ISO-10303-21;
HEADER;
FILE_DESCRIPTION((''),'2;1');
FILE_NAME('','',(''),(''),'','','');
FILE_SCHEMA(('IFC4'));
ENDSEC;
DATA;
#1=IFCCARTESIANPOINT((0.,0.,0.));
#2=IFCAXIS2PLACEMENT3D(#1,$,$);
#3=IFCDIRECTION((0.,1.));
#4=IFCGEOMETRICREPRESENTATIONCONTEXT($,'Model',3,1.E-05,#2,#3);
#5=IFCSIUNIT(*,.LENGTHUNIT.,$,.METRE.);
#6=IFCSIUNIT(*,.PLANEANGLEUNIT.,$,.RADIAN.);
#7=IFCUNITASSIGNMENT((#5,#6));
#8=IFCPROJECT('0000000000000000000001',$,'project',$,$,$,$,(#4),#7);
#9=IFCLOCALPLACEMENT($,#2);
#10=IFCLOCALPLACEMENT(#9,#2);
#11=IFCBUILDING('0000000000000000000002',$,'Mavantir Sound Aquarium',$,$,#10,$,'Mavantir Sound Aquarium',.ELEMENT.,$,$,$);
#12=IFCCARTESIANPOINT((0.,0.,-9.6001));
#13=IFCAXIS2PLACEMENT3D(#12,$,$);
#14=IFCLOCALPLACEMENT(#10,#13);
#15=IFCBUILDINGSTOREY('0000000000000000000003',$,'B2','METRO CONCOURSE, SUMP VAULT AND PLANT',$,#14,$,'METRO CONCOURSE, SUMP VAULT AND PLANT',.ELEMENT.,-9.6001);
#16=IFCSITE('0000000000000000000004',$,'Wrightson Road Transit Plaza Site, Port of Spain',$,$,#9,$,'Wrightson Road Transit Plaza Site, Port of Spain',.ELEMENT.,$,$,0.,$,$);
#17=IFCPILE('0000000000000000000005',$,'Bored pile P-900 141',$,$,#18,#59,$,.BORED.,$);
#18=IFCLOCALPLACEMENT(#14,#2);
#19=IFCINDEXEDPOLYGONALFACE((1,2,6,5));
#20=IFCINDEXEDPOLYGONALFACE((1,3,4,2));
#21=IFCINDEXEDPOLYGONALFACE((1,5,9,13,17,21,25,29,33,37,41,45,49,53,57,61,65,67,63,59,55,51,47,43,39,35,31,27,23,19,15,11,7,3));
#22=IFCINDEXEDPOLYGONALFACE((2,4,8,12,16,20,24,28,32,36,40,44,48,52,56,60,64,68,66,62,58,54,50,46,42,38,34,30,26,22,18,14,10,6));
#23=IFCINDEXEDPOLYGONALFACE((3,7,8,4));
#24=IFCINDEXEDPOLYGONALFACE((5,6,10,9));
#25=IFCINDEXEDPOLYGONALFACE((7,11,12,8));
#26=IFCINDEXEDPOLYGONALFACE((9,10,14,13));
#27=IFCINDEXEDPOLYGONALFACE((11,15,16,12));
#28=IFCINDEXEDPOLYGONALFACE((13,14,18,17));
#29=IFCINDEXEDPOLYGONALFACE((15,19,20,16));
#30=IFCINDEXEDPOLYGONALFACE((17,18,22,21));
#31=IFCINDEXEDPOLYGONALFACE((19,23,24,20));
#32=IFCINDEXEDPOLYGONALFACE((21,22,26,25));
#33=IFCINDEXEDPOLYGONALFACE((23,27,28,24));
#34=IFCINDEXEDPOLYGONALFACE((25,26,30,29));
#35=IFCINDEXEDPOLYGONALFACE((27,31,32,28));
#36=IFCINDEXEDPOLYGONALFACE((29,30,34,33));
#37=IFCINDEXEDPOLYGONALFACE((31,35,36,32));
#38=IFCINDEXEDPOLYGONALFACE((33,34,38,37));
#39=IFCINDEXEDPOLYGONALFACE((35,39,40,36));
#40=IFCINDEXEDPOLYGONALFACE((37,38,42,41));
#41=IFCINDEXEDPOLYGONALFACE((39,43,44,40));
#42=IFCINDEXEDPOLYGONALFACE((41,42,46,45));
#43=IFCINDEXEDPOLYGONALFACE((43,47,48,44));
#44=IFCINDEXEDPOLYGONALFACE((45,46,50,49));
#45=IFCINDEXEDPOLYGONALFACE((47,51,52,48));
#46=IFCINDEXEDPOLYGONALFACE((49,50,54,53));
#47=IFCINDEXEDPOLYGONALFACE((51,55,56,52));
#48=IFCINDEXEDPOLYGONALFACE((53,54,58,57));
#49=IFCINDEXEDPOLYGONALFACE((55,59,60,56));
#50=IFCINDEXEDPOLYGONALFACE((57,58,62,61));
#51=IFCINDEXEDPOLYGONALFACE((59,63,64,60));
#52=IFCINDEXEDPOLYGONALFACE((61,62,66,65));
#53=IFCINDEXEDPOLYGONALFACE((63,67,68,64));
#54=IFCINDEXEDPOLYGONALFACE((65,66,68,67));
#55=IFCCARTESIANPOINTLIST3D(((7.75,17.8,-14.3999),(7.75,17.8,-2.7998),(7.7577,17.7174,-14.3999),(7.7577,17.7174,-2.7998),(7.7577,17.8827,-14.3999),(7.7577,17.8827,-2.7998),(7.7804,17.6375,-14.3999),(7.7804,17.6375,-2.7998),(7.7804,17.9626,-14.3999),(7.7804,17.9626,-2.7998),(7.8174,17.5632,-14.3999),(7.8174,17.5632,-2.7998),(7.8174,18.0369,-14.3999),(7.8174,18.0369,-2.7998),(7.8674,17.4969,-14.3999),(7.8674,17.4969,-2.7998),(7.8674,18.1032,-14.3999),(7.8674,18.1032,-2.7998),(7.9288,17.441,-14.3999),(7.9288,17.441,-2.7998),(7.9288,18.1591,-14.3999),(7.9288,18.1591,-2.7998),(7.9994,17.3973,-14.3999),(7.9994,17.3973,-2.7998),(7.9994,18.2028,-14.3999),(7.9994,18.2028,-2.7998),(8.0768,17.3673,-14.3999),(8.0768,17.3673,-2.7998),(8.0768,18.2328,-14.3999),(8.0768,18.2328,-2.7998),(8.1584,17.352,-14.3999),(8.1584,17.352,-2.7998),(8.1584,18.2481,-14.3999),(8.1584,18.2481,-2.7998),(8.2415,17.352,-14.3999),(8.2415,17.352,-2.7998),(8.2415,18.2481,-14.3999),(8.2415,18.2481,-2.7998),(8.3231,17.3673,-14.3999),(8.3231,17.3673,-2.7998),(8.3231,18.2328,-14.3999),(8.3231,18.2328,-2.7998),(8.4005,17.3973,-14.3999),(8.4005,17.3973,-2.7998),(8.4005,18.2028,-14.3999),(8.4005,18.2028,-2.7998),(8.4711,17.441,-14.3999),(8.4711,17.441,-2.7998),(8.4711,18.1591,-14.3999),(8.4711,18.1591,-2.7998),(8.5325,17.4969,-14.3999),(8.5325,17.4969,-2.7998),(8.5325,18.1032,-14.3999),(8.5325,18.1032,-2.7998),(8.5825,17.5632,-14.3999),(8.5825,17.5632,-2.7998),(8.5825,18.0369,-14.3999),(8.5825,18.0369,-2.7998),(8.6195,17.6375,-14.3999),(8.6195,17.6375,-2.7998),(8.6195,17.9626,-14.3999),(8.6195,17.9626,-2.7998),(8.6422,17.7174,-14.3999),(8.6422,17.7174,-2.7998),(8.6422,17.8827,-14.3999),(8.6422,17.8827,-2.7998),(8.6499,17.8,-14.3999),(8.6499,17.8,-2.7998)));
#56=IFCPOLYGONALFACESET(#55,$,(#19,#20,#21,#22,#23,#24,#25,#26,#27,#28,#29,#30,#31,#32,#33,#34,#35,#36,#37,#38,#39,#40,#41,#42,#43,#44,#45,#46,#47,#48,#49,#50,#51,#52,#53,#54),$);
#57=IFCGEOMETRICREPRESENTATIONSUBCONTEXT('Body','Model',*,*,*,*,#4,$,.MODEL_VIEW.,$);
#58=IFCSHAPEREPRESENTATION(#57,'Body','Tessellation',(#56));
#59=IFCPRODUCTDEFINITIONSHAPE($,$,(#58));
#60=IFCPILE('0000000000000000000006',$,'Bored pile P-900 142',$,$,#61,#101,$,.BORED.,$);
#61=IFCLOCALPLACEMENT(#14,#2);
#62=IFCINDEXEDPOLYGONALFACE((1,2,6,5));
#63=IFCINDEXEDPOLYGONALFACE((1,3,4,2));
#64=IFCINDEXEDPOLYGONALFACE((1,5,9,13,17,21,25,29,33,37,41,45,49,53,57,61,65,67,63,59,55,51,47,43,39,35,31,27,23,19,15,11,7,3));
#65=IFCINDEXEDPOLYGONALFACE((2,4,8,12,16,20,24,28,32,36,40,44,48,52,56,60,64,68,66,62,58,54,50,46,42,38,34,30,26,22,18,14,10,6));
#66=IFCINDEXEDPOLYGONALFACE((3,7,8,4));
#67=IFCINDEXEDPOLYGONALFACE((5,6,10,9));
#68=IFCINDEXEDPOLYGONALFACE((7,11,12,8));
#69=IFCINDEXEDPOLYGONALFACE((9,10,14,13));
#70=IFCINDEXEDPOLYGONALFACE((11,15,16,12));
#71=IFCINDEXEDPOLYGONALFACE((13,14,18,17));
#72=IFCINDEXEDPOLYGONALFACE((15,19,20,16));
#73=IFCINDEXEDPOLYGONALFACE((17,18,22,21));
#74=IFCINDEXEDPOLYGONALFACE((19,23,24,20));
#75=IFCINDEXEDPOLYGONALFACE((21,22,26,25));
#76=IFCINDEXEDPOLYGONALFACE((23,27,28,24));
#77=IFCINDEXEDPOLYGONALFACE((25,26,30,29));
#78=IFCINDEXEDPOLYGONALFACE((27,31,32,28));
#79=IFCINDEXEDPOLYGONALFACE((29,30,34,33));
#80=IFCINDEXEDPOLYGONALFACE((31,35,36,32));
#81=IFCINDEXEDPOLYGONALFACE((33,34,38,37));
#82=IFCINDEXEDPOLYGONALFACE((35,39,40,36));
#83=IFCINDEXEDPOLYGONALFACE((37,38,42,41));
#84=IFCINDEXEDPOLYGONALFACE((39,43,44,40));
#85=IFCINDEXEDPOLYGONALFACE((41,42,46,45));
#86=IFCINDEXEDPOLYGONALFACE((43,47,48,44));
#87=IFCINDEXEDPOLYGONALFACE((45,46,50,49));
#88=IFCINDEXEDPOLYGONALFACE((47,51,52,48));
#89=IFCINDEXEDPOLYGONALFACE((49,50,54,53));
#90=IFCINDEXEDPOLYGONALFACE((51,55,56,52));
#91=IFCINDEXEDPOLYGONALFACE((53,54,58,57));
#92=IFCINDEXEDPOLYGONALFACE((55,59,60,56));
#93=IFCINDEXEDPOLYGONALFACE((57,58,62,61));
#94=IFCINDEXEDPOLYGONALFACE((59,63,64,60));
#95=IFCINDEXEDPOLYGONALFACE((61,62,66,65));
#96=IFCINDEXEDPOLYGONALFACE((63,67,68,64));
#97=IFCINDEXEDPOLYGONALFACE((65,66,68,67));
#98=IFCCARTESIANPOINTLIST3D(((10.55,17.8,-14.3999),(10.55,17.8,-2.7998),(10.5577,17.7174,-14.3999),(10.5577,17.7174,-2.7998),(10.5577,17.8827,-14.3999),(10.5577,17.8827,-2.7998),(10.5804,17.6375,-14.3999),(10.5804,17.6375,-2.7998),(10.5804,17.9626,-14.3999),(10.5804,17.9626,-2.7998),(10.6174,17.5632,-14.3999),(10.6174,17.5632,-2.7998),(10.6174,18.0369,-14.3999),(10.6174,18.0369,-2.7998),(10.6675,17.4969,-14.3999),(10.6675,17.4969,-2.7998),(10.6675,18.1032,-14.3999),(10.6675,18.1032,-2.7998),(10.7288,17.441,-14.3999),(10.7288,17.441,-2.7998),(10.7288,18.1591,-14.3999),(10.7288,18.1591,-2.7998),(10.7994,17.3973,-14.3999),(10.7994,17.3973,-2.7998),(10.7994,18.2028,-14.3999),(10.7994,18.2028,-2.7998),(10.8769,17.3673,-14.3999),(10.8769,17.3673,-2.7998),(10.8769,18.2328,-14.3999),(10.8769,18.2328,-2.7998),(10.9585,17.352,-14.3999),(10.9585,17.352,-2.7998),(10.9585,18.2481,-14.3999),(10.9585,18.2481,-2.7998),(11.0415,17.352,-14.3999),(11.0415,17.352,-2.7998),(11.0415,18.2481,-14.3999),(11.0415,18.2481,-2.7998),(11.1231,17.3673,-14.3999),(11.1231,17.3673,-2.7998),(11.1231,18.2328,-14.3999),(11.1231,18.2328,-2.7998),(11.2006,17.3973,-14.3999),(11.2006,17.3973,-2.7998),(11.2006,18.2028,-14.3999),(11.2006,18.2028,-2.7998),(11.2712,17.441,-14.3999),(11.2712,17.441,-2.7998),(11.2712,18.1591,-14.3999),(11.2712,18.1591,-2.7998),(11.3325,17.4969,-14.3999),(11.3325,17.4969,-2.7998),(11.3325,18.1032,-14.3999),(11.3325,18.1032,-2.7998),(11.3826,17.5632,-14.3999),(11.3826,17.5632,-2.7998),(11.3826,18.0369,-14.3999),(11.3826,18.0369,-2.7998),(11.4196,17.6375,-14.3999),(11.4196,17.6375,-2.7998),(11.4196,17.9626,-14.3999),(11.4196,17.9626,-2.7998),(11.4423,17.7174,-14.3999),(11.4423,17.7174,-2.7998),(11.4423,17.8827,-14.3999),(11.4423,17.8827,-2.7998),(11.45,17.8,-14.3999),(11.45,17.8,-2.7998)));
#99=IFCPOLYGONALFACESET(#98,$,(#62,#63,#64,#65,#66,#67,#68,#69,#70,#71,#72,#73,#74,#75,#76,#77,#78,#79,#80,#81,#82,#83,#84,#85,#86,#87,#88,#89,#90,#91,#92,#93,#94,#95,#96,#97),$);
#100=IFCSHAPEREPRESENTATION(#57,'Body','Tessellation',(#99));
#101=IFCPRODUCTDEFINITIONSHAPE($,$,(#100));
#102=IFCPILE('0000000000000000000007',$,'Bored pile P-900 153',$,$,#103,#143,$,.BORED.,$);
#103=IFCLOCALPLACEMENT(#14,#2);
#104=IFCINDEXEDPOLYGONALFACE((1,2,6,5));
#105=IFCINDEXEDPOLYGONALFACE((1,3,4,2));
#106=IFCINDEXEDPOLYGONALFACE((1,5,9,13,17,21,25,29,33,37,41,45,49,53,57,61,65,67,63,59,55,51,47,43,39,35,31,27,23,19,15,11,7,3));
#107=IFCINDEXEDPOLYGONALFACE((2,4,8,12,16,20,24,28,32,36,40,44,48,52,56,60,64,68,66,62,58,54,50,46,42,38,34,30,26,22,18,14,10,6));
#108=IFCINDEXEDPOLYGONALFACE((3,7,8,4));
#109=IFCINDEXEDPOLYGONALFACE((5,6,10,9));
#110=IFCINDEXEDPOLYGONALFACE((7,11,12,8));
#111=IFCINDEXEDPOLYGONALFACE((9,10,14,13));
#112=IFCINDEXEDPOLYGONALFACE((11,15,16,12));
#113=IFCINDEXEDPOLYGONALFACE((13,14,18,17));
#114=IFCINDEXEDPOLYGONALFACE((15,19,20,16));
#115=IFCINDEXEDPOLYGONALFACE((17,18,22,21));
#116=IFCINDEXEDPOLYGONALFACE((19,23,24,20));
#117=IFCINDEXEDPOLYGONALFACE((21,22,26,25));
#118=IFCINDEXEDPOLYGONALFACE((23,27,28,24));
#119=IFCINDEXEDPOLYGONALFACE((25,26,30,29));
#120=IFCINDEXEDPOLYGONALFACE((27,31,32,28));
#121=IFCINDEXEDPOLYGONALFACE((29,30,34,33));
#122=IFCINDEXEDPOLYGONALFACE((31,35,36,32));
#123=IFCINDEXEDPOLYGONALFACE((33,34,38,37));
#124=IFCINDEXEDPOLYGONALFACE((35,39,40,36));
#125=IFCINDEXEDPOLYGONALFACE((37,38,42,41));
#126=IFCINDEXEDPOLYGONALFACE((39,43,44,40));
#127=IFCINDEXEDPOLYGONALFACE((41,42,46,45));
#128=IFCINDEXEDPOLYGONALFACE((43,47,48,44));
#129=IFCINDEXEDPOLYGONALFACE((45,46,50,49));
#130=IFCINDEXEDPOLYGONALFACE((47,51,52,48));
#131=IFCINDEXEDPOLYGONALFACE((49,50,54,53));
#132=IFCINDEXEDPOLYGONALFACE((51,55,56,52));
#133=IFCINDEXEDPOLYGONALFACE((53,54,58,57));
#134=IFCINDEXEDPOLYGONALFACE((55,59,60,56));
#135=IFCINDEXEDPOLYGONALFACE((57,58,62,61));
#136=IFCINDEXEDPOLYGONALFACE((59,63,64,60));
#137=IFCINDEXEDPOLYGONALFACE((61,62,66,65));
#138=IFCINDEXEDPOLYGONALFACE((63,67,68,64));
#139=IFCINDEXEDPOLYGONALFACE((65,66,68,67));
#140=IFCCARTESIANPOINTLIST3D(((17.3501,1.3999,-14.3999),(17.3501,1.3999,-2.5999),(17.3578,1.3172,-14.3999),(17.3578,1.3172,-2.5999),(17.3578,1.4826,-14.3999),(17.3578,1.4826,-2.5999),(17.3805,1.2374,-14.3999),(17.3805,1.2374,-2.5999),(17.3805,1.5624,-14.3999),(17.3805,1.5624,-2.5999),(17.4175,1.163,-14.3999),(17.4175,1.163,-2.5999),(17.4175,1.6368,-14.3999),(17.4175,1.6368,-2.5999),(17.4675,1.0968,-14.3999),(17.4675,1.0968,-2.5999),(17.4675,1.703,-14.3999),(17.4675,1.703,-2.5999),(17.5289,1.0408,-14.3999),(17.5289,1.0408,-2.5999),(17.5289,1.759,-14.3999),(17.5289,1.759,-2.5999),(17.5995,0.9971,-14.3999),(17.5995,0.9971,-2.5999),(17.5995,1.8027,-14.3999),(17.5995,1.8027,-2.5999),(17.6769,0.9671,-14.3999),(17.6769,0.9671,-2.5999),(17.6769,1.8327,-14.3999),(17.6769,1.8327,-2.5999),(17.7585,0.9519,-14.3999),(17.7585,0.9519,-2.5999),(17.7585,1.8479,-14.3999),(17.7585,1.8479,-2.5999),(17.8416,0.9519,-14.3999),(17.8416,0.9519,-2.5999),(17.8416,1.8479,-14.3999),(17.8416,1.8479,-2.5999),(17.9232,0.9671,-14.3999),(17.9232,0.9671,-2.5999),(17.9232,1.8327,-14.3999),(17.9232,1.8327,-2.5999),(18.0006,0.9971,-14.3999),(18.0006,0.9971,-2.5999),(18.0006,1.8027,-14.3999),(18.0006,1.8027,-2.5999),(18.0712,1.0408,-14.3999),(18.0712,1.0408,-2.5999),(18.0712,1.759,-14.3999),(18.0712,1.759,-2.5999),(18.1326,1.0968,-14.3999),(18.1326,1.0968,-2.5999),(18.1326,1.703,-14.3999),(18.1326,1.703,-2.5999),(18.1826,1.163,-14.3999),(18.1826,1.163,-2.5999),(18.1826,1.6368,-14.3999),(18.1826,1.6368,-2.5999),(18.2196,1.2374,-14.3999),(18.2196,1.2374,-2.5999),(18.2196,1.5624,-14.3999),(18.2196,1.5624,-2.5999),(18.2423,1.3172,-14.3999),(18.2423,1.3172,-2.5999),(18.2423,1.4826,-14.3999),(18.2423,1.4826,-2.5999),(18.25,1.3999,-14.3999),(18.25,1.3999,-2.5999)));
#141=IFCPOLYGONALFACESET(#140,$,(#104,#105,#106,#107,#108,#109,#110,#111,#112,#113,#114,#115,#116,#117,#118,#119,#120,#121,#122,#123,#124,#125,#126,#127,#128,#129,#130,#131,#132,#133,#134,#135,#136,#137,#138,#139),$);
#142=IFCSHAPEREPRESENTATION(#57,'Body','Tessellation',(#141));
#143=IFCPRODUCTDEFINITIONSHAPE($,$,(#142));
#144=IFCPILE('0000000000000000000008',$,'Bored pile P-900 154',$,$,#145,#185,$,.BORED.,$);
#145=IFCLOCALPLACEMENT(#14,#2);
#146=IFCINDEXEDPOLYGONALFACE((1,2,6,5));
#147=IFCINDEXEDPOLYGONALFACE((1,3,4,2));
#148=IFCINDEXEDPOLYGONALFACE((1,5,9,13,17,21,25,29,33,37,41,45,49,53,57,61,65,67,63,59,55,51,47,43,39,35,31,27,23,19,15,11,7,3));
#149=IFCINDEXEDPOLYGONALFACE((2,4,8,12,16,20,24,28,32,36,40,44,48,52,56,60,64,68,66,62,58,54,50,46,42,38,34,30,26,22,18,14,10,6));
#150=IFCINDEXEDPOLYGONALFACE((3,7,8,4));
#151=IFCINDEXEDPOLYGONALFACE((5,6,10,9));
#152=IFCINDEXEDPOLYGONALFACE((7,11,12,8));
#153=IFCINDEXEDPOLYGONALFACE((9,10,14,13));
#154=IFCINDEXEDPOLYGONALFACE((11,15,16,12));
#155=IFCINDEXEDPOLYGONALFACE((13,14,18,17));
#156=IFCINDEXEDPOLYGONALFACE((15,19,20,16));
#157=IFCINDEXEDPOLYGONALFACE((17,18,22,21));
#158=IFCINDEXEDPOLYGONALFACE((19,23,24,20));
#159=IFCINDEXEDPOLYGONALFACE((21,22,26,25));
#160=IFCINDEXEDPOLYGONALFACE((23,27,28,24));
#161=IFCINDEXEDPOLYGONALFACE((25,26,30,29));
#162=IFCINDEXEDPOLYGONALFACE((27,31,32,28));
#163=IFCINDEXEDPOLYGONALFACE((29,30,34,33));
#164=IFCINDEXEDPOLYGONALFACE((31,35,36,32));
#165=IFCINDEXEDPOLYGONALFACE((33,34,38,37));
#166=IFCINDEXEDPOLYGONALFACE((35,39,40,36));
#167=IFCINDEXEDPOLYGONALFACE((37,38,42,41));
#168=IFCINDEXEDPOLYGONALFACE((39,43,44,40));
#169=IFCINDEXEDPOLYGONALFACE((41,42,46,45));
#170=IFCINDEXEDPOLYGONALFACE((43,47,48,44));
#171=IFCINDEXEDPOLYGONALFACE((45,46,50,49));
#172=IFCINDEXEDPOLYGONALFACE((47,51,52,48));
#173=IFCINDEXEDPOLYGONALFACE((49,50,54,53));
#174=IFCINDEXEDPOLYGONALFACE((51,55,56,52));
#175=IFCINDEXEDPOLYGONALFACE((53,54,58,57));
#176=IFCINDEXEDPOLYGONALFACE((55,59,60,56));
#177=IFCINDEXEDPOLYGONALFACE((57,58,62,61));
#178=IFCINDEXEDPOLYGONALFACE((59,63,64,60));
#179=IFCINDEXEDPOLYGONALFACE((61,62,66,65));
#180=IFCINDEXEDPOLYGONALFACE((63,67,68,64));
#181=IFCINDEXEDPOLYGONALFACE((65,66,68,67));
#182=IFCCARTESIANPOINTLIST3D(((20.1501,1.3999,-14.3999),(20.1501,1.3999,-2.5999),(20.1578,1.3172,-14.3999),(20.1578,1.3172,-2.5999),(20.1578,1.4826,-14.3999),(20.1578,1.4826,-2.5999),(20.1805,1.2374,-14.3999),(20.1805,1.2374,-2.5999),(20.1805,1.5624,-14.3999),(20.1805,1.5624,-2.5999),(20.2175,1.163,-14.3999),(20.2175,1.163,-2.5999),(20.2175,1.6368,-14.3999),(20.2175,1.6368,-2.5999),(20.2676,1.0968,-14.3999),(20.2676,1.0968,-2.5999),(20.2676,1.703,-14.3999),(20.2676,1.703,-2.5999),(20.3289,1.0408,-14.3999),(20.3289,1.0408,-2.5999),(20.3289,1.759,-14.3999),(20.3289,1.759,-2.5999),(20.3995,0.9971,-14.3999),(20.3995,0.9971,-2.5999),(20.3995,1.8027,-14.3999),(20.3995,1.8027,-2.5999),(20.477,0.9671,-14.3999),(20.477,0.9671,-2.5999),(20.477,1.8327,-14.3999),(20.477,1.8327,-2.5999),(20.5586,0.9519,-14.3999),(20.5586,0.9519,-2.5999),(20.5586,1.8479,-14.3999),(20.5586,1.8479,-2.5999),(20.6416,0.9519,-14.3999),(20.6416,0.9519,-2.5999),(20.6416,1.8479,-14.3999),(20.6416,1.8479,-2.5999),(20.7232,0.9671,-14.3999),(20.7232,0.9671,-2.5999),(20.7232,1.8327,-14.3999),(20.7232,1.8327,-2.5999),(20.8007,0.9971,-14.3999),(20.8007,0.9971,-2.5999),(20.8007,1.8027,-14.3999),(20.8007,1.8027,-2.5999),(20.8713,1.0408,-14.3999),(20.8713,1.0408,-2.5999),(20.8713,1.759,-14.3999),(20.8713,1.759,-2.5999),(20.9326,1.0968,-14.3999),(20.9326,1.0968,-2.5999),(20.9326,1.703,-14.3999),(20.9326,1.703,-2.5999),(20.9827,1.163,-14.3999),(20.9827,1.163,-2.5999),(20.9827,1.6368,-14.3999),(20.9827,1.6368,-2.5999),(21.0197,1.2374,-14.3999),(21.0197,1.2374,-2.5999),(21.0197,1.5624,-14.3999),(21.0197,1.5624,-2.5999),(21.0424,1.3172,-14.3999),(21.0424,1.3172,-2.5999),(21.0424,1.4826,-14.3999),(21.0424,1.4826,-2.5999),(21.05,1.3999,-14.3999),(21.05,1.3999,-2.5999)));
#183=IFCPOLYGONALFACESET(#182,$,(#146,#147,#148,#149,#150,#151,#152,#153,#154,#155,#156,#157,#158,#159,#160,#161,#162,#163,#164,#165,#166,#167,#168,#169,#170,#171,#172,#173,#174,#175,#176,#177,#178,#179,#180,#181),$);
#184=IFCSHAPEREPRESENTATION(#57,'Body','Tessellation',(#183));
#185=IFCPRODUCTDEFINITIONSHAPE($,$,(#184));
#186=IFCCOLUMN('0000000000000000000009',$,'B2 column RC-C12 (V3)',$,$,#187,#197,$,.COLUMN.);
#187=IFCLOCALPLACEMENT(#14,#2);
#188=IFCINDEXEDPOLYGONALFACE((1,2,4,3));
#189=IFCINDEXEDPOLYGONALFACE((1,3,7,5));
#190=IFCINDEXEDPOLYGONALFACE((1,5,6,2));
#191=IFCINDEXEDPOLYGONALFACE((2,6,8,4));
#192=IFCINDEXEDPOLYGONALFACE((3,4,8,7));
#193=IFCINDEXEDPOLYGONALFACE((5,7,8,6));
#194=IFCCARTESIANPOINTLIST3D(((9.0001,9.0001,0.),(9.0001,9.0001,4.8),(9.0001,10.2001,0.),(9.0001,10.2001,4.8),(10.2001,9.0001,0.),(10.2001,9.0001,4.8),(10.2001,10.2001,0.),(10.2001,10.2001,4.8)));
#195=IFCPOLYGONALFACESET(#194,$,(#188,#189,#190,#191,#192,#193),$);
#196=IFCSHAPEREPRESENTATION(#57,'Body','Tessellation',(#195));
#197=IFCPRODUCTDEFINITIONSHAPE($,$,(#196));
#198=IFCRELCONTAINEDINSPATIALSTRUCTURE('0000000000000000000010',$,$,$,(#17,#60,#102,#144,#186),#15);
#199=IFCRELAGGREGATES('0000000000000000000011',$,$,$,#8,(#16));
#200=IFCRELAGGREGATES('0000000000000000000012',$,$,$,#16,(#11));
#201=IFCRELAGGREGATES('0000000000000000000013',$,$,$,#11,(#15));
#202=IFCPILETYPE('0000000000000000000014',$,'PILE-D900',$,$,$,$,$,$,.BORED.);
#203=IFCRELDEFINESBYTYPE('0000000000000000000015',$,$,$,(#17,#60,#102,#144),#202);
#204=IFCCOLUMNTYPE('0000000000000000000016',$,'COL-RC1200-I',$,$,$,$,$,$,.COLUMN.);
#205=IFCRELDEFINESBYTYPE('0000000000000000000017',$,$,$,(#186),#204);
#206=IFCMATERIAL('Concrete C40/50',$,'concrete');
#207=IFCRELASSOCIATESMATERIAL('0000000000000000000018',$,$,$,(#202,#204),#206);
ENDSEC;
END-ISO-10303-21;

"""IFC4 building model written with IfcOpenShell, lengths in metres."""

from ifc_helpers import new_model, si_unit, direction, frame, origin, origin_2d, place, context, subcontext, project, spatial, rectangle, circle, extrude, material, material_profile, profile_set, type_object, element, save


model = new_model("IFC4")

# Units and contexts
model_context = context("Model", 3, precision=1e-05, world=origin(), true_north=direction((0.0, 1.0)))
body_context = subcontext(model_context, "Body", "Model", "MODEL_VIEW")
ifc_project = project(units=[si_unit("LENGTHUNIT", "METRE"), si_unit("PLANEANGLEUNIT", "RADIAN")], contexts=[model_context])

# Site, building, storey
site_placement = place(None, origin())
site = spatial("IfcSite", under=ifc_project, at=site_placement, Name="Wrightson Road Transit Plaza Site, Port of Spain", LongName="Wrightson Road Transit Plaza Site, Port of Spain", CompositionType="ELEMENT", RefElevation=0.0)
building_placement = place(site_placement, origin())
building = spatial("IfcBuilding", under=site, at=building_placement, Name="Mavantir Sound Aquarium", LongName="Mavantir Sound Aquarium", CompositionType="ELEMENT")
storey_placement = place(building_placement, frame((0.0, 0.0, -9.6001)))
storey = spatial("IfcBuildingStorey", under=building, at=storey_placement, Name="B2", Description="METRO CONCOURSE, SUMP VAULT AND PLANT", LongName="METRO CONCOURSE, SUMP VAULT AND PLANT", CompositionType="ELEMENT", Elevation=-9.6001)

# Shared definitions
ifc_material_1 = material(Name="Concrete C40/50", Category="concrete")

# Piles
ifc_material_profile_1 = material_profile(ifc_material_1, circle(Radius=0.45, at=origin_2d()), Name="PILE D900")
ifc_profile_set_1 = profile_set([ifc_material_profile_1], Name="Concrete C40/50")
pile_type = type_object("IfcPileType", Name="PILE-D900", PredefinedType="BORED", material=ifc_profile_set_1)
for number, where, z_axis, x_axis, name in (
    (1, (8.2, 17.8, -2.7998), (0.0, 0.0, -1.0), (1.0, 0.0, 0.0), "Bored pile P-900 141"),
    (2, (11.0, 17.8, -2.7998), (0.0, 0.0, -1.0), (1.0, 0.0, 0.0), "Bored pile P-900 142"),
):
    element("IfcPile", number, at=place(storey_placement, frame(where, z_axis=z_axis, x_axis=x_axis)), inside=storey, type_object=pile_type, Name=name, PredefinedType="BORED", context=body_context, shape_type="SweptSolid", body=[
        extrude(circle(Radius=0.45, at=origin_2d()), origin(), (0.0, 0.0, 1.0), 11.6001),
    ])
for number, where, z_axis, x_axis, name in (
    (3, (17.8, 1.3999, -2.5999), (0.0, 0.0, -1.0), (1.0, 0.0, 0.0), "Bored pile P-900 153"),
    (4, (20.6001, 1.3999, -2.5999), (0.0, 0.0, -1.0), (1.0, 0.0, 0.0), "Bored pile P-900 154"),
):
    element("IfcPile", number, at=place(storey_placement, frame(where, z_axis=z_axis, x_axis=x_axis)), inside=storey, type_object=pile_type, Name=name, PredefinedType="BORED", context=body_context, shape_type="SweptSolid", body=[
        extrude(circle(Radius=0.45, at=origin_2d()), origin(), (0.0, 0.0, 1.0), 11.8),
    ])

# Column
ifc_material_profile_2 = material_profile(ifc_material_1, rectangle(XDim=1.2, YDim=1.2, at=origin_2d()), Name="RC 1200X1200")
ifc_profile_set_2 = profile_set([ifc_material_profile_2], Name="Concrete C40/50")
column_type = type_object("IfcColumnType", Name="COL-RC1200-I", PredefinedType="COLUMN", material=ifc_profile_set_2)
column_placement = place(storey_placement, frame((9.6001, 9.6001, 0.0), z_axis=(0.0, 0.0, 1.0), x_axis=(1.0, 0.0, 0.0)))
element("IfcColumn", 5, at=column_placement, inside=storey, type_object=column_type, Name="B2 column RC-C12 (V3)", PredefinedType="COLUMN", context=body_context, shape_type="SweptSolid", body=[
    extrude(rectangle(XDim=1.2, YDim=1.2, at=origin_2d()), origin(), (0.0, 0.0, 1.0), 4.8),
])

save(model, "model.ifc")
